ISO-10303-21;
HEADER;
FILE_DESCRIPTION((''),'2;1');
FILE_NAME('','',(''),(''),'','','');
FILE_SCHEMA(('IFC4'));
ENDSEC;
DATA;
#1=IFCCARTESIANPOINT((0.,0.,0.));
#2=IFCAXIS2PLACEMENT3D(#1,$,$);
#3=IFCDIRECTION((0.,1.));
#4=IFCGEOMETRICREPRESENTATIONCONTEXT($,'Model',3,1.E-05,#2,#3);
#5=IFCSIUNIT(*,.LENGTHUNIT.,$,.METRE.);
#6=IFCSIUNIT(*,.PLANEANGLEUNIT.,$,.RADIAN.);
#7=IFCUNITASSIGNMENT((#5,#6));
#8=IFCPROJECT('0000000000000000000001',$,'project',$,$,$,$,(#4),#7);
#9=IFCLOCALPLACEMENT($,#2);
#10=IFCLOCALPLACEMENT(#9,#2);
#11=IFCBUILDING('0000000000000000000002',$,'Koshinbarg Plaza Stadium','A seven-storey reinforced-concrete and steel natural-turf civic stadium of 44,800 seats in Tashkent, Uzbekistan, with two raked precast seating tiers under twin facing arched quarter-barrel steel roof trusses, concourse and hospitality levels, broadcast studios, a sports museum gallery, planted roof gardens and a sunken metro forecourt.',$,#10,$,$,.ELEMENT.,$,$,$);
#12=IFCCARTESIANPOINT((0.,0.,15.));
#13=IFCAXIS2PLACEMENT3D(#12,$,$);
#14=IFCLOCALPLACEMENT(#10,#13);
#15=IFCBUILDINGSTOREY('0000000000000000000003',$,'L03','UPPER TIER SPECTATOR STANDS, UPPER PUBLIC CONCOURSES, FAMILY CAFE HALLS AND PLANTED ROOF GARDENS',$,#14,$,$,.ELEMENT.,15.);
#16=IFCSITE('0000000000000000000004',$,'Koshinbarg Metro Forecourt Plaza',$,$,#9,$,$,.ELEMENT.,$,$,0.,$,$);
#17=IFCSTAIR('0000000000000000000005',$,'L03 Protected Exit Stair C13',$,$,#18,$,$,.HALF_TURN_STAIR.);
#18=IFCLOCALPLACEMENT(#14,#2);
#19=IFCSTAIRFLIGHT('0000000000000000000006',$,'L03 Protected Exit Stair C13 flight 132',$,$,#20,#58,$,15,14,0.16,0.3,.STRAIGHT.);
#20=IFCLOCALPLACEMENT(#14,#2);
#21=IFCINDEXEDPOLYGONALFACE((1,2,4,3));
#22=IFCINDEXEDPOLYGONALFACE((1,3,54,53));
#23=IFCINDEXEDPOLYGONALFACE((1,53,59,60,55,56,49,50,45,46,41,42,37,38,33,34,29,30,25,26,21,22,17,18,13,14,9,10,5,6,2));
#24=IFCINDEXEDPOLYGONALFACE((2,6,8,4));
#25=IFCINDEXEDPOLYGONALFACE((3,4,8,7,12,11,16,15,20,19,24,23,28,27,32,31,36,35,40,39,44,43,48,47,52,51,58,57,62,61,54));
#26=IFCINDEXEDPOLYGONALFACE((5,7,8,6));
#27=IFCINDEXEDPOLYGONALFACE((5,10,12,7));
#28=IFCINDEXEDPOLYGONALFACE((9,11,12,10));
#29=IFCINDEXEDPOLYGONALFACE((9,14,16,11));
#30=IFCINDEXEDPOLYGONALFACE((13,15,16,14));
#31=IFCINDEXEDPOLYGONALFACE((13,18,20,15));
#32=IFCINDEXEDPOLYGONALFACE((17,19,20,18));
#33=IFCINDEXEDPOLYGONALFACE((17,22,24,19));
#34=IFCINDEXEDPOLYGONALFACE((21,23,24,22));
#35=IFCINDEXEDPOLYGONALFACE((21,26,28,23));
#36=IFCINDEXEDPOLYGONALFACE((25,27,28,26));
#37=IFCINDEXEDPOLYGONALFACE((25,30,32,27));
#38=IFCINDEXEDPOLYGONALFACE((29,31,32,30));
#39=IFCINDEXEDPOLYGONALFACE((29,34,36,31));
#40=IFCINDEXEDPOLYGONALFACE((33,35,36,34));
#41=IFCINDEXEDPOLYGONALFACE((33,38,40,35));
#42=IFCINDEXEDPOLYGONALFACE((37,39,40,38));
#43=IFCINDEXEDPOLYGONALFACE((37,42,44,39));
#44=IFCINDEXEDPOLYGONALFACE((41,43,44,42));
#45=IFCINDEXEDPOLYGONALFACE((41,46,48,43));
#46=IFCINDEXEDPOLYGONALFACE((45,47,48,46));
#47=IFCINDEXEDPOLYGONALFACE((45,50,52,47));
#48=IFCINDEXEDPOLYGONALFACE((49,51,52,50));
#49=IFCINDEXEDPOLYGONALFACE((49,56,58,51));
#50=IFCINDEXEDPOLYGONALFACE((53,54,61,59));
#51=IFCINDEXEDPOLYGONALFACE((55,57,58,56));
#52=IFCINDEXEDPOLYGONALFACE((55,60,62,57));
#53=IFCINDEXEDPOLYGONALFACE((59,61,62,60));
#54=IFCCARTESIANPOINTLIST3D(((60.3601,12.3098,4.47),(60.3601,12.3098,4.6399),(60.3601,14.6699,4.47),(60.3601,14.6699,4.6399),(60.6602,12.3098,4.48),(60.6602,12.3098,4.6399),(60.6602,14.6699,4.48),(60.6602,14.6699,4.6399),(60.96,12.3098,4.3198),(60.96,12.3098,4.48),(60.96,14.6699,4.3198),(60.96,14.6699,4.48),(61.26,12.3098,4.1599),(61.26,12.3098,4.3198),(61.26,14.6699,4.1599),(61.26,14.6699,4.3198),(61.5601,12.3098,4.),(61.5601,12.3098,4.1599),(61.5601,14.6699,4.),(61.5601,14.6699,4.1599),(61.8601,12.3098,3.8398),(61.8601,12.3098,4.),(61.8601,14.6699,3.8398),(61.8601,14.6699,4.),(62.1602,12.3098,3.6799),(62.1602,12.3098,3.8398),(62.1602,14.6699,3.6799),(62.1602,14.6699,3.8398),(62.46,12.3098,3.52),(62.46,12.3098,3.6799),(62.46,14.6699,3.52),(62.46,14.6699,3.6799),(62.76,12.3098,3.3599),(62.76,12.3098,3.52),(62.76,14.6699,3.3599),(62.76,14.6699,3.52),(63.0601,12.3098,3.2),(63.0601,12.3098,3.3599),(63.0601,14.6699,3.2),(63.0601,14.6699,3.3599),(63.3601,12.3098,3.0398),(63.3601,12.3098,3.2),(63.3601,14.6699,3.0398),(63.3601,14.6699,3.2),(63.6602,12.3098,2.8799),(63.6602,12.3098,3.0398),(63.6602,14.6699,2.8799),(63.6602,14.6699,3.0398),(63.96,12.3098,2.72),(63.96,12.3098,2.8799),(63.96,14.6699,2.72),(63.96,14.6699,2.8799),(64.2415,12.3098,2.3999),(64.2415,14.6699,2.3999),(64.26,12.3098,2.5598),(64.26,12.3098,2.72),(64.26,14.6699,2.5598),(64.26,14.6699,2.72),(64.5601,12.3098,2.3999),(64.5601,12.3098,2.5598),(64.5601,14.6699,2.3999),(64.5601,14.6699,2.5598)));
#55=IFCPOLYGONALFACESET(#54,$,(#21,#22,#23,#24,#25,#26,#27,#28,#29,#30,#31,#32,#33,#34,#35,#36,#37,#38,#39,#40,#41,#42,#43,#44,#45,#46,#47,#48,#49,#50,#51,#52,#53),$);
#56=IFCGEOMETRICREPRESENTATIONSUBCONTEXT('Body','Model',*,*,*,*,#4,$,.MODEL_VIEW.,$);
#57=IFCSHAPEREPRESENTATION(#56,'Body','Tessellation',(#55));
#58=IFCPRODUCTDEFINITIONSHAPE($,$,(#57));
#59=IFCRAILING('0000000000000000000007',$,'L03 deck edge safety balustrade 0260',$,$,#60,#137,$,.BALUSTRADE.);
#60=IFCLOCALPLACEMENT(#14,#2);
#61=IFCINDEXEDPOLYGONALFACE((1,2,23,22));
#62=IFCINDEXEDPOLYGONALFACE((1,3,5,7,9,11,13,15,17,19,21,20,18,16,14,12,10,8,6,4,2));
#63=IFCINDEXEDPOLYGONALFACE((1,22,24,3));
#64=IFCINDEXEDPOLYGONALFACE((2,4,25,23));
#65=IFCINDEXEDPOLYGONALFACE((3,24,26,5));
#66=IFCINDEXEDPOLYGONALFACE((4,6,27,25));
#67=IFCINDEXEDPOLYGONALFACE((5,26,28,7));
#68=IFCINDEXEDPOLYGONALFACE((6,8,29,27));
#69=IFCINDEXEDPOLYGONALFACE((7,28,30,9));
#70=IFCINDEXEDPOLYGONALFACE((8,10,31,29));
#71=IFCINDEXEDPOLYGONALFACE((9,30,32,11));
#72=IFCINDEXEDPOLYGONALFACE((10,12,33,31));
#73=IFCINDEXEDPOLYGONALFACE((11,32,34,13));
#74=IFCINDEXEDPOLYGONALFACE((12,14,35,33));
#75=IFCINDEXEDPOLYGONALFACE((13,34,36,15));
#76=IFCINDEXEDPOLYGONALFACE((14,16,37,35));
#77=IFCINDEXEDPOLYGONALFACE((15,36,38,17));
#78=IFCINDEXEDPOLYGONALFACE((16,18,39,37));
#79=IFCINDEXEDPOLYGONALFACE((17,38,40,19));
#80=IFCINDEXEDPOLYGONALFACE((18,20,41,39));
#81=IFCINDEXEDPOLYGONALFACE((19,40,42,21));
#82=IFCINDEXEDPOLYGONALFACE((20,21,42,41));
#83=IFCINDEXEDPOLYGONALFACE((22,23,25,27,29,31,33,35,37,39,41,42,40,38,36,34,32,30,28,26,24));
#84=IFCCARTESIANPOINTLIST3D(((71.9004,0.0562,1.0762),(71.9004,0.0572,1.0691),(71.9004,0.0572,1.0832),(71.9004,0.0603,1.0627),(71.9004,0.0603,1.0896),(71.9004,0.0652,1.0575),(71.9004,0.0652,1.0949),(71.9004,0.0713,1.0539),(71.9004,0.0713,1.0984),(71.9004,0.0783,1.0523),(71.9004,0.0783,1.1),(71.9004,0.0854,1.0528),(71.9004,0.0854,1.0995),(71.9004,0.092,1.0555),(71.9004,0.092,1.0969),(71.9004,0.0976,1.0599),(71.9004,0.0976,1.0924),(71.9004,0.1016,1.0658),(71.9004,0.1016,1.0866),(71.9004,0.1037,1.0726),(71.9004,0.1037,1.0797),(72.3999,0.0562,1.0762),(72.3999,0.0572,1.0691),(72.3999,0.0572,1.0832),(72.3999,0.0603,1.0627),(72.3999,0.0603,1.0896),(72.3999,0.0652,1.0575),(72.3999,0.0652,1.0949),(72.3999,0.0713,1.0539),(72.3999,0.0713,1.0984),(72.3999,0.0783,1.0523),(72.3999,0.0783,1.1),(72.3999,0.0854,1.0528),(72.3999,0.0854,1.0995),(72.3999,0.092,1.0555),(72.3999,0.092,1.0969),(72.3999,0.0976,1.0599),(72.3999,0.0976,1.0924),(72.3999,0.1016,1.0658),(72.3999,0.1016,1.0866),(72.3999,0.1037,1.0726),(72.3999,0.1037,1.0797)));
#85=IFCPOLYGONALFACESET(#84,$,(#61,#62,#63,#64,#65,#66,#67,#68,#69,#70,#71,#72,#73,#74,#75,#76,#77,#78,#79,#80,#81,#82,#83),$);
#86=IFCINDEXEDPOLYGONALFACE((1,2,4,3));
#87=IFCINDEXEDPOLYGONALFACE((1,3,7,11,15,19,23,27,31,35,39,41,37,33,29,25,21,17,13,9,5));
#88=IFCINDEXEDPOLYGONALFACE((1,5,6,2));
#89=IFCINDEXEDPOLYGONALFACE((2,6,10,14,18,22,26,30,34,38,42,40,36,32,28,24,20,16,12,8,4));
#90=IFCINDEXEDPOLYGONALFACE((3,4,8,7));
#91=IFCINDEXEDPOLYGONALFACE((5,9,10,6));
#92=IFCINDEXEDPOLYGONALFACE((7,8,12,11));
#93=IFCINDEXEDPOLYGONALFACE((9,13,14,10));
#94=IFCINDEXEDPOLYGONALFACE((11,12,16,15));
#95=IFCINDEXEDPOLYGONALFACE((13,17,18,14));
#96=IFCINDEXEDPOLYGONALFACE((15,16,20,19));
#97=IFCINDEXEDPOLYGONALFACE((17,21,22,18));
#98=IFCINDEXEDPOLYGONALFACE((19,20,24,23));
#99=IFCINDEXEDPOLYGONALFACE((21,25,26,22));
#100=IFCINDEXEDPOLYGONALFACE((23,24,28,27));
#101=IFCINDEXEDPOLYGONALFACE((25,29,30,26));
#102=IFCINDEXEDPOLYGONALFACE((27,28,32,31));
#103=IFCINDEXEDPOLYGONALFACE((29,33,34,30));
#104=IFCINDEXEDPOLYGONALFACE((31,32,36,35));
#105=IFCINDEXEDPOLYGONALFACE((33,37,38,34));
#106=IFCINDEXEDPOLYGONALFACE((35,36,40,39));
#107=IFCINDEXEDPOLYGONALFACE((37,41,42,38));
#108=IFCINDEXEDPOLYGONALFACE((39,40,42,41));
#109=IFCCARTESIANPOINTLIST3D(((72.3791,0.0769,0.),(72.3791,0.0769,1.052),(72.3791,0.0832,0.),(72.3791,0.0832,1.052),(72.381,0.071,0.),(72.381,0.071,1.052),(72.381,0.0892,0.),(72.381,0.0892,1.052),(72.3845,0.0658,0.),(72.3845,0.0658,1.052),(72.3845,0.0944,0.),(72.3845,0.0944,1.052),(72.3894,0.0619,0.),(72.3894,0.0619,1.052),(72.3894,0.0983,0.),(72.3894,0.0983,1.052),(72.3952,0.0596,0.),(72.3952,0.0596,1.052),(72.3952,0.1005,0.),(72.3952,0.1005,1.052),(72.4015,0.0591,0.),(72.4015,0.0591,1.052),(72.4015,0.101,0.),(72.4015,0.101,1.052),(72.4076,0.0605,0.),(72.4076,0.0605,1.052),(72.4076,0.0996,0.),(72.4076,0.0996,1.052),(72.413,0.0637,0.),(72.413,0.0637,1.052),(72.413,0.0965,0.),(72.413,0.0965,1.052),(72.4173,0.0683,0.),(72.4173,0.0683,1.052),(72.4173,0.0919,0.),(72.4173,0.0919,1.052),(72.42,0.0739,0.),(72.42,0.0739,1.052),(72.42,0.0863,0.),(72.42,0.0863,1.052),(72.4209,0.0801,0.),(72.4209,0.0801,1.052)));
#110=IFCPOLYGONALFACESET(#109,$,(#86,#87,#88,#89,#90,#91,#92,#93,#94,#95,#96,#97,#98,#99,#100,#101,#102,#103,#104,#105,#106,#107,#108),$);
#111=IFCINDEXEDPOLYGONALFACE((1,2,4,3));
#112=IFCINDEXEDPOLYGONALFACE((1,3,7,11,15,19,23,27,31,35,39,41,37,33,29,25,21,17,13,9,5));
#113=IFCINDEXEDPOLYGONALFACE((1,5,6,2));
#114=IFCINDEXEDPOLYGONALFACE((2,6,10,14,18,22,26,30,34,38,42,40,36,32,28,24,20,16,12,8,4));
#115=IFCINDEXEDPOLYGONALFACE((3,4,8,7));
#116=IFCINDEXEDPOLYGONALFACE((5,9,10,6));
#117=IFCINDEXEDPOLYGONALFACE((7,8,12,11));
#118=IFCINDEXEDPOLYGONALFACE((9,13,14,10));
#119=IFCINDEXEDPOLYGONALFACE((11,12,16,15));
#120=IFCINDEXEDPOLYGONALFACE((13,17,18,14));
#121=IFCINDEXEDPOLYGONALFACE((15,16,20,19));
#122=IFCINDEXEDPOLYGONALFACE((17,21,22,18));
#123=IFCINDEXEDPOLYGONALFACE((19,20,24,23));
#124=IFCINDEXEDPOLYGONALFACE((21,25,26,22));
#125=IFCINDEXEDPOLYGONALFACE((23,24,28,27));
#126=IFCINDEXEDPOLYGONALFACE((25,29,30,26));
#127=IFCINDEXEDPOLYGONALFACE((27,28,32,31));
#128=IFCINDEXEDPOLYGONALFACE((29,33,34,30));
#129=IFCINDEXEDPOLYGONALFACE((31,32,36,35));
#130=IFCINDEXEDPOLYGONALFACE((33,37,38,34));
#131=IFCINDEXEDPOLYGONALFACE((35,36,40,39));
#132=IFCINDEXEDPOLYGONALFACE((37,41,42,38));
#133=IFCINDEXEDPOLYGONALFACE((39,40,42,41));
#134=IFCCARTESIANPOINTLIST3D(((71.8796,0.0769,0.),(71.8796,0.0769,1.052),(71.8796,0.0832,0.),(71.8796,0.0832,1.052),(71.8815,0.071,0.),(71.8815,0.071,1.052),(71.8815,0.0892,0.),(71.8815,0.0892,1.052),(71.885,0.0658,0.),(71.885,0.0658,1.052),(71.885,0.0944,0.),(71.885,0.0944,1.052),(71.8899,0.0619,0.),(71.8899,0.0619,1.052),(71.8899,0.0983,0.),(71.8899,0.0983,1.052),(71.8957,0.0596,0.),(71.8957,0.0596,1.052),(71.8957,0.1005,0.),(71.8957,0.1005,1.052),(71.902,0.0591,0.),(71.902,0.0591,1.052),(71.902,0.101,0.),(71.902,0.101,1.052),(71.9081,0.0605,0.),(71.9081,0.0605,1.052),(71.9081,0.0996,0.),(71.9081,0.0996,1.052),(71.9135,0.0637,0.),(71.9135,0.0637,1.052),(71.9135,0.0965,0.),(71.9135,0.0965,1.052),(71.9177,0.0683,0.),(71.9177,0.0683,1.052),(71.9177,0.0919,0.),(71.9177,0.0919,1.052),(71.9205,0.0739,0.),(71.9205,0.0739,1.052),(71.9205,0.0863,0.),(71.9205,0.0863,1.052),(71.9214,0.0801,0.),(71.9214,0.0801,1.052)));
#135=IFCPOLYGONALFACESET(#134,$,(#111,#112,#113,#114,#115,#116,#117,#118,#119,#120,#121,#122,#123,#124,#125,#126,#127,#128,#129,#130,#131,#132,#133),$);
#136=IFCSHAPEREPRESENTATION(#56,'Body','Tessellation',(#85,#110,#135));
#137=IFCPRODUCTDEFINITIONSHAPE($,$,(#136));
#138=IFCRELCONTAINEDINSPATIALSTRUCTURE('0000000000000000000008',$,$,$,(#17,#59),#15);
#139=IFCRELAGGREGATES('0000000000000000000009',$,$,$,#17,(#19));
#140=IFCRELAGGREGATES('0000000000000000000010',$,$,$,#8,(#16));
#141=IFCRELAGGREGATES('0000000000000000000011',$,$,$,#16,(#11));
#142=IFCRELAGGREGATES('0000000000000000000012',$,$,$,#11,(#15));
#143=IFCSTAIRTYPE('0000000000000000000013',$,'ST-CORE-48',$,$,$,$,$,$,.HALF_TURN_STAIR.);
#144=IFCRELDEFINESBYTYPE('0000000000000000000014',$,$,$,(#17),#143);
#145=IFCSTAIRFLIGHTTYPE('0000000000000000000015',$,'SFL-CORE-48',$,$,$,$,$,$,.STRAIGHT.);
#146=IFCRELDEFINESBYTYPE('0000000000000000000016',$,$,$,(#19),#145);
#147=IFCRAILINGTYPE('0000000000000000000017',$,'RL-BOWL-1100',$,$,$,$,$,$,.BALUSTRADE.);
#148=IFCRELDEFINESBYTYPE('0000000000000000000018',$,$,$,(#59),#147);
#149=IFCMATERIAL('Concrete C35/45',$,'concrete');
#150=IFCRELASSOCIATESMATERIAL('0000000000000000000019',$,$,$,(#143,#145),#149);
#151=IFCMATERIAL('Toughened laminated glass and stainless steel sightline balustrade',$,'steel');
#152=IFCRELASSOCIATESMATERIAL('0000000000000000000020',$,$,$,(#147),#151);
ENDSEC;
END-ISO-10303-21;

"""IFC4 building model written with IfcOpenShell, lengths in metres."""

from ifc_helpers import new_model, si_unit, direction, frame, origin, origin_2d, place, context, subcontext, project, spatial, polyline, circle, outline, extrude, material, type_object, element, aggregate, save


model = new_model("IFC4")

# Units and contexts
model_context = context("Model", 3, precision=1e-05, world=origin(), true_north=direction((0.0, 1.0)))
body_context = subcontext(model_context, "Body", "Model", "MODEL_VIEW")
ifc_project = project(units=[si_unit("LENGTHUNIT", "METRE"), si_unit("PLANEANGLEUNIT", "RADIAN")], contexts=[model_context])

# Site, building, storey
site_placement = place(None, origin())
site = spatial("IfcSite", under=ifc_project, at=site_placement, Name="Koshinbarg Metro Forecourt Plaza", CompositionType="ELEMENT", RefElevation=0.0)
building_placement = place(site_placement, origin())
building = spatial("IfcBuilding", under=site, at=building_placement, Name="Koshinbarg Plaza Stadium", Description="A seven-storey reinforced-concrete and steel natural-turf civic stadium of 44,800 seats in Tashkent, Uzbekistan, with two raked precast seating tiers under twin facing arched quarter-barrel steel roof trusses, concourse and hospitality levels, broadcast studios, a sports museum gallery, planted roof gardens and a sunken metro forecourt.", CompositionType="ELEMENT")
storey_placement = place(building_placement, frame((0.0, 0.0, 15.0)))
storey = spatial("IfcBuildingStorey", under=building, at=storey_placement, Name="L03", Description="UPPER TIER SPECTATOR STANDS, UPPER PUBLIC CONCOURSES, FAMILY CAFE HALLS AND PLANTED ROOF GARDENS", CompositionType="ELEMENT", Elevation=15.0)

# Stair, stair flight
ifc_material_1 = material(Name="Concrete C35/45", Category="concrete")
stair_type = type_object("IfcStairType", Name="ST-CORE-48", PredefinedType="HALF_TURN_STAIR", material=ifc_material_1)
stair_placement = place(storey_placement, origin())
stair = element("IfcStair", 1, at=stair_placement, inside=storey, type_object=stair_type, Name="L03 Protected Exit Stair C13", PredefinedType="HALF_TURN_STAIR")
stair_flight_type = type_object("IfcStairFlightType", Name="SFL-CORE-48", PredefinedType="STRAIGHT", material=ifc_material_1)
stair_flight_placement = place(storey_placement, frame((64.5601, 13.49, 2.3999), z_axis=(0.0, 0.0, 1.0), x_axis=(-1.0, 0.0, 0.0)))
stair_flight = element("IfcStairFlight", 2, at=stair_flight_placement, type_object=stair_flight_type, Name="L03 Protected Exit Stair C13 flight 132", NumberOfRisers=15, NumberOfTreads=14, PredefinedType="STRAIGHT", RiserHeight=0.16, TreadLength=0.3, context=body_context, shape_type="SweptSolid", body=[
    extrude(outline(polyline([(0.0, 0.0), (0.0, 0.1599), (0.3, 0.1599), (0.3, 0.3201), (0.6001, 0.3201), (0.6001, 0.48), (0.8999, 0.48), (0.8999, 0.6399), (1.2, 0.6399), (1.2, 0.8), (1.5, 0.8), (1.5, 0.96), (1.8, 0.96), (1.8, 1.1201), (2.1001, 1.1201), (2.1001, 1.28), (2.3999, 1.28), (2.3999, 1.4399), (2.7, 1.4399), (2.7, 1.6001), (3.0, 1.6001), (3.0, 1.76), (3.3, 1.76), (3.3, 1.9199), (3.6001, 1.9199), (3.6001, 2.0801), (3.8999, 2.0801), (3.8999, 2.24), (4.2, 2.24), (4.2, 2.3999), (4.2, 2.0701), (0.3186, 0.0), (0.0, 0.0)])), frame((0.0, 1.1802, 0.0), z_axis=(0.0, -1.0, 0.0), x_axis=(1.0, 0.0, 0.0)), (0.0, 0.0, 1.0), 2.3601),
])
aggregate(stair, [stair_flight])

# Railing
ifc_material_2 = material(Name="Toughened laminated glass and stainless steel sightline balustrade", Category="steel")
railing_type_1 = type_object("IfcRailingType", Name="RL-BOWL-1100", PredefinedType="BALUSTRADE", material=ifc_material_2)
railing_1_placement = place(storey_placement, frame((72.3999, 0.0801, 0.0)))
element("IfcRailing", 3, at=railing_1_placement, inside=storey, type_object=railing_type_1, Name="L03 deck edge safety balustrade 0260", PredefinedType="BALUSTRADE", context=body_context, shape_type="SweptSolid", body=[
    extrude(circle(Radius=0.0239, at=origin_2d()), frame((0.0, 0.0, 1.0762), z_axis=(-1.0, 0.0, 0.0), x_axis=(0.0, -1.0, 0.0)), (0.0, 0.0, 1.0), 0.4995),
    extrude(circle(Radius=0.021, at=origin_2d()), origin(), (0.0, 0.0, 1.0), 1.052),
    extrude(circle(Radius=0.021, at=origin_2d()), frame((-0.4995, 0.0, 0.0)), (0.0, 0.0, 1.0), 1.052),
])

save(model, "model.ifc")
